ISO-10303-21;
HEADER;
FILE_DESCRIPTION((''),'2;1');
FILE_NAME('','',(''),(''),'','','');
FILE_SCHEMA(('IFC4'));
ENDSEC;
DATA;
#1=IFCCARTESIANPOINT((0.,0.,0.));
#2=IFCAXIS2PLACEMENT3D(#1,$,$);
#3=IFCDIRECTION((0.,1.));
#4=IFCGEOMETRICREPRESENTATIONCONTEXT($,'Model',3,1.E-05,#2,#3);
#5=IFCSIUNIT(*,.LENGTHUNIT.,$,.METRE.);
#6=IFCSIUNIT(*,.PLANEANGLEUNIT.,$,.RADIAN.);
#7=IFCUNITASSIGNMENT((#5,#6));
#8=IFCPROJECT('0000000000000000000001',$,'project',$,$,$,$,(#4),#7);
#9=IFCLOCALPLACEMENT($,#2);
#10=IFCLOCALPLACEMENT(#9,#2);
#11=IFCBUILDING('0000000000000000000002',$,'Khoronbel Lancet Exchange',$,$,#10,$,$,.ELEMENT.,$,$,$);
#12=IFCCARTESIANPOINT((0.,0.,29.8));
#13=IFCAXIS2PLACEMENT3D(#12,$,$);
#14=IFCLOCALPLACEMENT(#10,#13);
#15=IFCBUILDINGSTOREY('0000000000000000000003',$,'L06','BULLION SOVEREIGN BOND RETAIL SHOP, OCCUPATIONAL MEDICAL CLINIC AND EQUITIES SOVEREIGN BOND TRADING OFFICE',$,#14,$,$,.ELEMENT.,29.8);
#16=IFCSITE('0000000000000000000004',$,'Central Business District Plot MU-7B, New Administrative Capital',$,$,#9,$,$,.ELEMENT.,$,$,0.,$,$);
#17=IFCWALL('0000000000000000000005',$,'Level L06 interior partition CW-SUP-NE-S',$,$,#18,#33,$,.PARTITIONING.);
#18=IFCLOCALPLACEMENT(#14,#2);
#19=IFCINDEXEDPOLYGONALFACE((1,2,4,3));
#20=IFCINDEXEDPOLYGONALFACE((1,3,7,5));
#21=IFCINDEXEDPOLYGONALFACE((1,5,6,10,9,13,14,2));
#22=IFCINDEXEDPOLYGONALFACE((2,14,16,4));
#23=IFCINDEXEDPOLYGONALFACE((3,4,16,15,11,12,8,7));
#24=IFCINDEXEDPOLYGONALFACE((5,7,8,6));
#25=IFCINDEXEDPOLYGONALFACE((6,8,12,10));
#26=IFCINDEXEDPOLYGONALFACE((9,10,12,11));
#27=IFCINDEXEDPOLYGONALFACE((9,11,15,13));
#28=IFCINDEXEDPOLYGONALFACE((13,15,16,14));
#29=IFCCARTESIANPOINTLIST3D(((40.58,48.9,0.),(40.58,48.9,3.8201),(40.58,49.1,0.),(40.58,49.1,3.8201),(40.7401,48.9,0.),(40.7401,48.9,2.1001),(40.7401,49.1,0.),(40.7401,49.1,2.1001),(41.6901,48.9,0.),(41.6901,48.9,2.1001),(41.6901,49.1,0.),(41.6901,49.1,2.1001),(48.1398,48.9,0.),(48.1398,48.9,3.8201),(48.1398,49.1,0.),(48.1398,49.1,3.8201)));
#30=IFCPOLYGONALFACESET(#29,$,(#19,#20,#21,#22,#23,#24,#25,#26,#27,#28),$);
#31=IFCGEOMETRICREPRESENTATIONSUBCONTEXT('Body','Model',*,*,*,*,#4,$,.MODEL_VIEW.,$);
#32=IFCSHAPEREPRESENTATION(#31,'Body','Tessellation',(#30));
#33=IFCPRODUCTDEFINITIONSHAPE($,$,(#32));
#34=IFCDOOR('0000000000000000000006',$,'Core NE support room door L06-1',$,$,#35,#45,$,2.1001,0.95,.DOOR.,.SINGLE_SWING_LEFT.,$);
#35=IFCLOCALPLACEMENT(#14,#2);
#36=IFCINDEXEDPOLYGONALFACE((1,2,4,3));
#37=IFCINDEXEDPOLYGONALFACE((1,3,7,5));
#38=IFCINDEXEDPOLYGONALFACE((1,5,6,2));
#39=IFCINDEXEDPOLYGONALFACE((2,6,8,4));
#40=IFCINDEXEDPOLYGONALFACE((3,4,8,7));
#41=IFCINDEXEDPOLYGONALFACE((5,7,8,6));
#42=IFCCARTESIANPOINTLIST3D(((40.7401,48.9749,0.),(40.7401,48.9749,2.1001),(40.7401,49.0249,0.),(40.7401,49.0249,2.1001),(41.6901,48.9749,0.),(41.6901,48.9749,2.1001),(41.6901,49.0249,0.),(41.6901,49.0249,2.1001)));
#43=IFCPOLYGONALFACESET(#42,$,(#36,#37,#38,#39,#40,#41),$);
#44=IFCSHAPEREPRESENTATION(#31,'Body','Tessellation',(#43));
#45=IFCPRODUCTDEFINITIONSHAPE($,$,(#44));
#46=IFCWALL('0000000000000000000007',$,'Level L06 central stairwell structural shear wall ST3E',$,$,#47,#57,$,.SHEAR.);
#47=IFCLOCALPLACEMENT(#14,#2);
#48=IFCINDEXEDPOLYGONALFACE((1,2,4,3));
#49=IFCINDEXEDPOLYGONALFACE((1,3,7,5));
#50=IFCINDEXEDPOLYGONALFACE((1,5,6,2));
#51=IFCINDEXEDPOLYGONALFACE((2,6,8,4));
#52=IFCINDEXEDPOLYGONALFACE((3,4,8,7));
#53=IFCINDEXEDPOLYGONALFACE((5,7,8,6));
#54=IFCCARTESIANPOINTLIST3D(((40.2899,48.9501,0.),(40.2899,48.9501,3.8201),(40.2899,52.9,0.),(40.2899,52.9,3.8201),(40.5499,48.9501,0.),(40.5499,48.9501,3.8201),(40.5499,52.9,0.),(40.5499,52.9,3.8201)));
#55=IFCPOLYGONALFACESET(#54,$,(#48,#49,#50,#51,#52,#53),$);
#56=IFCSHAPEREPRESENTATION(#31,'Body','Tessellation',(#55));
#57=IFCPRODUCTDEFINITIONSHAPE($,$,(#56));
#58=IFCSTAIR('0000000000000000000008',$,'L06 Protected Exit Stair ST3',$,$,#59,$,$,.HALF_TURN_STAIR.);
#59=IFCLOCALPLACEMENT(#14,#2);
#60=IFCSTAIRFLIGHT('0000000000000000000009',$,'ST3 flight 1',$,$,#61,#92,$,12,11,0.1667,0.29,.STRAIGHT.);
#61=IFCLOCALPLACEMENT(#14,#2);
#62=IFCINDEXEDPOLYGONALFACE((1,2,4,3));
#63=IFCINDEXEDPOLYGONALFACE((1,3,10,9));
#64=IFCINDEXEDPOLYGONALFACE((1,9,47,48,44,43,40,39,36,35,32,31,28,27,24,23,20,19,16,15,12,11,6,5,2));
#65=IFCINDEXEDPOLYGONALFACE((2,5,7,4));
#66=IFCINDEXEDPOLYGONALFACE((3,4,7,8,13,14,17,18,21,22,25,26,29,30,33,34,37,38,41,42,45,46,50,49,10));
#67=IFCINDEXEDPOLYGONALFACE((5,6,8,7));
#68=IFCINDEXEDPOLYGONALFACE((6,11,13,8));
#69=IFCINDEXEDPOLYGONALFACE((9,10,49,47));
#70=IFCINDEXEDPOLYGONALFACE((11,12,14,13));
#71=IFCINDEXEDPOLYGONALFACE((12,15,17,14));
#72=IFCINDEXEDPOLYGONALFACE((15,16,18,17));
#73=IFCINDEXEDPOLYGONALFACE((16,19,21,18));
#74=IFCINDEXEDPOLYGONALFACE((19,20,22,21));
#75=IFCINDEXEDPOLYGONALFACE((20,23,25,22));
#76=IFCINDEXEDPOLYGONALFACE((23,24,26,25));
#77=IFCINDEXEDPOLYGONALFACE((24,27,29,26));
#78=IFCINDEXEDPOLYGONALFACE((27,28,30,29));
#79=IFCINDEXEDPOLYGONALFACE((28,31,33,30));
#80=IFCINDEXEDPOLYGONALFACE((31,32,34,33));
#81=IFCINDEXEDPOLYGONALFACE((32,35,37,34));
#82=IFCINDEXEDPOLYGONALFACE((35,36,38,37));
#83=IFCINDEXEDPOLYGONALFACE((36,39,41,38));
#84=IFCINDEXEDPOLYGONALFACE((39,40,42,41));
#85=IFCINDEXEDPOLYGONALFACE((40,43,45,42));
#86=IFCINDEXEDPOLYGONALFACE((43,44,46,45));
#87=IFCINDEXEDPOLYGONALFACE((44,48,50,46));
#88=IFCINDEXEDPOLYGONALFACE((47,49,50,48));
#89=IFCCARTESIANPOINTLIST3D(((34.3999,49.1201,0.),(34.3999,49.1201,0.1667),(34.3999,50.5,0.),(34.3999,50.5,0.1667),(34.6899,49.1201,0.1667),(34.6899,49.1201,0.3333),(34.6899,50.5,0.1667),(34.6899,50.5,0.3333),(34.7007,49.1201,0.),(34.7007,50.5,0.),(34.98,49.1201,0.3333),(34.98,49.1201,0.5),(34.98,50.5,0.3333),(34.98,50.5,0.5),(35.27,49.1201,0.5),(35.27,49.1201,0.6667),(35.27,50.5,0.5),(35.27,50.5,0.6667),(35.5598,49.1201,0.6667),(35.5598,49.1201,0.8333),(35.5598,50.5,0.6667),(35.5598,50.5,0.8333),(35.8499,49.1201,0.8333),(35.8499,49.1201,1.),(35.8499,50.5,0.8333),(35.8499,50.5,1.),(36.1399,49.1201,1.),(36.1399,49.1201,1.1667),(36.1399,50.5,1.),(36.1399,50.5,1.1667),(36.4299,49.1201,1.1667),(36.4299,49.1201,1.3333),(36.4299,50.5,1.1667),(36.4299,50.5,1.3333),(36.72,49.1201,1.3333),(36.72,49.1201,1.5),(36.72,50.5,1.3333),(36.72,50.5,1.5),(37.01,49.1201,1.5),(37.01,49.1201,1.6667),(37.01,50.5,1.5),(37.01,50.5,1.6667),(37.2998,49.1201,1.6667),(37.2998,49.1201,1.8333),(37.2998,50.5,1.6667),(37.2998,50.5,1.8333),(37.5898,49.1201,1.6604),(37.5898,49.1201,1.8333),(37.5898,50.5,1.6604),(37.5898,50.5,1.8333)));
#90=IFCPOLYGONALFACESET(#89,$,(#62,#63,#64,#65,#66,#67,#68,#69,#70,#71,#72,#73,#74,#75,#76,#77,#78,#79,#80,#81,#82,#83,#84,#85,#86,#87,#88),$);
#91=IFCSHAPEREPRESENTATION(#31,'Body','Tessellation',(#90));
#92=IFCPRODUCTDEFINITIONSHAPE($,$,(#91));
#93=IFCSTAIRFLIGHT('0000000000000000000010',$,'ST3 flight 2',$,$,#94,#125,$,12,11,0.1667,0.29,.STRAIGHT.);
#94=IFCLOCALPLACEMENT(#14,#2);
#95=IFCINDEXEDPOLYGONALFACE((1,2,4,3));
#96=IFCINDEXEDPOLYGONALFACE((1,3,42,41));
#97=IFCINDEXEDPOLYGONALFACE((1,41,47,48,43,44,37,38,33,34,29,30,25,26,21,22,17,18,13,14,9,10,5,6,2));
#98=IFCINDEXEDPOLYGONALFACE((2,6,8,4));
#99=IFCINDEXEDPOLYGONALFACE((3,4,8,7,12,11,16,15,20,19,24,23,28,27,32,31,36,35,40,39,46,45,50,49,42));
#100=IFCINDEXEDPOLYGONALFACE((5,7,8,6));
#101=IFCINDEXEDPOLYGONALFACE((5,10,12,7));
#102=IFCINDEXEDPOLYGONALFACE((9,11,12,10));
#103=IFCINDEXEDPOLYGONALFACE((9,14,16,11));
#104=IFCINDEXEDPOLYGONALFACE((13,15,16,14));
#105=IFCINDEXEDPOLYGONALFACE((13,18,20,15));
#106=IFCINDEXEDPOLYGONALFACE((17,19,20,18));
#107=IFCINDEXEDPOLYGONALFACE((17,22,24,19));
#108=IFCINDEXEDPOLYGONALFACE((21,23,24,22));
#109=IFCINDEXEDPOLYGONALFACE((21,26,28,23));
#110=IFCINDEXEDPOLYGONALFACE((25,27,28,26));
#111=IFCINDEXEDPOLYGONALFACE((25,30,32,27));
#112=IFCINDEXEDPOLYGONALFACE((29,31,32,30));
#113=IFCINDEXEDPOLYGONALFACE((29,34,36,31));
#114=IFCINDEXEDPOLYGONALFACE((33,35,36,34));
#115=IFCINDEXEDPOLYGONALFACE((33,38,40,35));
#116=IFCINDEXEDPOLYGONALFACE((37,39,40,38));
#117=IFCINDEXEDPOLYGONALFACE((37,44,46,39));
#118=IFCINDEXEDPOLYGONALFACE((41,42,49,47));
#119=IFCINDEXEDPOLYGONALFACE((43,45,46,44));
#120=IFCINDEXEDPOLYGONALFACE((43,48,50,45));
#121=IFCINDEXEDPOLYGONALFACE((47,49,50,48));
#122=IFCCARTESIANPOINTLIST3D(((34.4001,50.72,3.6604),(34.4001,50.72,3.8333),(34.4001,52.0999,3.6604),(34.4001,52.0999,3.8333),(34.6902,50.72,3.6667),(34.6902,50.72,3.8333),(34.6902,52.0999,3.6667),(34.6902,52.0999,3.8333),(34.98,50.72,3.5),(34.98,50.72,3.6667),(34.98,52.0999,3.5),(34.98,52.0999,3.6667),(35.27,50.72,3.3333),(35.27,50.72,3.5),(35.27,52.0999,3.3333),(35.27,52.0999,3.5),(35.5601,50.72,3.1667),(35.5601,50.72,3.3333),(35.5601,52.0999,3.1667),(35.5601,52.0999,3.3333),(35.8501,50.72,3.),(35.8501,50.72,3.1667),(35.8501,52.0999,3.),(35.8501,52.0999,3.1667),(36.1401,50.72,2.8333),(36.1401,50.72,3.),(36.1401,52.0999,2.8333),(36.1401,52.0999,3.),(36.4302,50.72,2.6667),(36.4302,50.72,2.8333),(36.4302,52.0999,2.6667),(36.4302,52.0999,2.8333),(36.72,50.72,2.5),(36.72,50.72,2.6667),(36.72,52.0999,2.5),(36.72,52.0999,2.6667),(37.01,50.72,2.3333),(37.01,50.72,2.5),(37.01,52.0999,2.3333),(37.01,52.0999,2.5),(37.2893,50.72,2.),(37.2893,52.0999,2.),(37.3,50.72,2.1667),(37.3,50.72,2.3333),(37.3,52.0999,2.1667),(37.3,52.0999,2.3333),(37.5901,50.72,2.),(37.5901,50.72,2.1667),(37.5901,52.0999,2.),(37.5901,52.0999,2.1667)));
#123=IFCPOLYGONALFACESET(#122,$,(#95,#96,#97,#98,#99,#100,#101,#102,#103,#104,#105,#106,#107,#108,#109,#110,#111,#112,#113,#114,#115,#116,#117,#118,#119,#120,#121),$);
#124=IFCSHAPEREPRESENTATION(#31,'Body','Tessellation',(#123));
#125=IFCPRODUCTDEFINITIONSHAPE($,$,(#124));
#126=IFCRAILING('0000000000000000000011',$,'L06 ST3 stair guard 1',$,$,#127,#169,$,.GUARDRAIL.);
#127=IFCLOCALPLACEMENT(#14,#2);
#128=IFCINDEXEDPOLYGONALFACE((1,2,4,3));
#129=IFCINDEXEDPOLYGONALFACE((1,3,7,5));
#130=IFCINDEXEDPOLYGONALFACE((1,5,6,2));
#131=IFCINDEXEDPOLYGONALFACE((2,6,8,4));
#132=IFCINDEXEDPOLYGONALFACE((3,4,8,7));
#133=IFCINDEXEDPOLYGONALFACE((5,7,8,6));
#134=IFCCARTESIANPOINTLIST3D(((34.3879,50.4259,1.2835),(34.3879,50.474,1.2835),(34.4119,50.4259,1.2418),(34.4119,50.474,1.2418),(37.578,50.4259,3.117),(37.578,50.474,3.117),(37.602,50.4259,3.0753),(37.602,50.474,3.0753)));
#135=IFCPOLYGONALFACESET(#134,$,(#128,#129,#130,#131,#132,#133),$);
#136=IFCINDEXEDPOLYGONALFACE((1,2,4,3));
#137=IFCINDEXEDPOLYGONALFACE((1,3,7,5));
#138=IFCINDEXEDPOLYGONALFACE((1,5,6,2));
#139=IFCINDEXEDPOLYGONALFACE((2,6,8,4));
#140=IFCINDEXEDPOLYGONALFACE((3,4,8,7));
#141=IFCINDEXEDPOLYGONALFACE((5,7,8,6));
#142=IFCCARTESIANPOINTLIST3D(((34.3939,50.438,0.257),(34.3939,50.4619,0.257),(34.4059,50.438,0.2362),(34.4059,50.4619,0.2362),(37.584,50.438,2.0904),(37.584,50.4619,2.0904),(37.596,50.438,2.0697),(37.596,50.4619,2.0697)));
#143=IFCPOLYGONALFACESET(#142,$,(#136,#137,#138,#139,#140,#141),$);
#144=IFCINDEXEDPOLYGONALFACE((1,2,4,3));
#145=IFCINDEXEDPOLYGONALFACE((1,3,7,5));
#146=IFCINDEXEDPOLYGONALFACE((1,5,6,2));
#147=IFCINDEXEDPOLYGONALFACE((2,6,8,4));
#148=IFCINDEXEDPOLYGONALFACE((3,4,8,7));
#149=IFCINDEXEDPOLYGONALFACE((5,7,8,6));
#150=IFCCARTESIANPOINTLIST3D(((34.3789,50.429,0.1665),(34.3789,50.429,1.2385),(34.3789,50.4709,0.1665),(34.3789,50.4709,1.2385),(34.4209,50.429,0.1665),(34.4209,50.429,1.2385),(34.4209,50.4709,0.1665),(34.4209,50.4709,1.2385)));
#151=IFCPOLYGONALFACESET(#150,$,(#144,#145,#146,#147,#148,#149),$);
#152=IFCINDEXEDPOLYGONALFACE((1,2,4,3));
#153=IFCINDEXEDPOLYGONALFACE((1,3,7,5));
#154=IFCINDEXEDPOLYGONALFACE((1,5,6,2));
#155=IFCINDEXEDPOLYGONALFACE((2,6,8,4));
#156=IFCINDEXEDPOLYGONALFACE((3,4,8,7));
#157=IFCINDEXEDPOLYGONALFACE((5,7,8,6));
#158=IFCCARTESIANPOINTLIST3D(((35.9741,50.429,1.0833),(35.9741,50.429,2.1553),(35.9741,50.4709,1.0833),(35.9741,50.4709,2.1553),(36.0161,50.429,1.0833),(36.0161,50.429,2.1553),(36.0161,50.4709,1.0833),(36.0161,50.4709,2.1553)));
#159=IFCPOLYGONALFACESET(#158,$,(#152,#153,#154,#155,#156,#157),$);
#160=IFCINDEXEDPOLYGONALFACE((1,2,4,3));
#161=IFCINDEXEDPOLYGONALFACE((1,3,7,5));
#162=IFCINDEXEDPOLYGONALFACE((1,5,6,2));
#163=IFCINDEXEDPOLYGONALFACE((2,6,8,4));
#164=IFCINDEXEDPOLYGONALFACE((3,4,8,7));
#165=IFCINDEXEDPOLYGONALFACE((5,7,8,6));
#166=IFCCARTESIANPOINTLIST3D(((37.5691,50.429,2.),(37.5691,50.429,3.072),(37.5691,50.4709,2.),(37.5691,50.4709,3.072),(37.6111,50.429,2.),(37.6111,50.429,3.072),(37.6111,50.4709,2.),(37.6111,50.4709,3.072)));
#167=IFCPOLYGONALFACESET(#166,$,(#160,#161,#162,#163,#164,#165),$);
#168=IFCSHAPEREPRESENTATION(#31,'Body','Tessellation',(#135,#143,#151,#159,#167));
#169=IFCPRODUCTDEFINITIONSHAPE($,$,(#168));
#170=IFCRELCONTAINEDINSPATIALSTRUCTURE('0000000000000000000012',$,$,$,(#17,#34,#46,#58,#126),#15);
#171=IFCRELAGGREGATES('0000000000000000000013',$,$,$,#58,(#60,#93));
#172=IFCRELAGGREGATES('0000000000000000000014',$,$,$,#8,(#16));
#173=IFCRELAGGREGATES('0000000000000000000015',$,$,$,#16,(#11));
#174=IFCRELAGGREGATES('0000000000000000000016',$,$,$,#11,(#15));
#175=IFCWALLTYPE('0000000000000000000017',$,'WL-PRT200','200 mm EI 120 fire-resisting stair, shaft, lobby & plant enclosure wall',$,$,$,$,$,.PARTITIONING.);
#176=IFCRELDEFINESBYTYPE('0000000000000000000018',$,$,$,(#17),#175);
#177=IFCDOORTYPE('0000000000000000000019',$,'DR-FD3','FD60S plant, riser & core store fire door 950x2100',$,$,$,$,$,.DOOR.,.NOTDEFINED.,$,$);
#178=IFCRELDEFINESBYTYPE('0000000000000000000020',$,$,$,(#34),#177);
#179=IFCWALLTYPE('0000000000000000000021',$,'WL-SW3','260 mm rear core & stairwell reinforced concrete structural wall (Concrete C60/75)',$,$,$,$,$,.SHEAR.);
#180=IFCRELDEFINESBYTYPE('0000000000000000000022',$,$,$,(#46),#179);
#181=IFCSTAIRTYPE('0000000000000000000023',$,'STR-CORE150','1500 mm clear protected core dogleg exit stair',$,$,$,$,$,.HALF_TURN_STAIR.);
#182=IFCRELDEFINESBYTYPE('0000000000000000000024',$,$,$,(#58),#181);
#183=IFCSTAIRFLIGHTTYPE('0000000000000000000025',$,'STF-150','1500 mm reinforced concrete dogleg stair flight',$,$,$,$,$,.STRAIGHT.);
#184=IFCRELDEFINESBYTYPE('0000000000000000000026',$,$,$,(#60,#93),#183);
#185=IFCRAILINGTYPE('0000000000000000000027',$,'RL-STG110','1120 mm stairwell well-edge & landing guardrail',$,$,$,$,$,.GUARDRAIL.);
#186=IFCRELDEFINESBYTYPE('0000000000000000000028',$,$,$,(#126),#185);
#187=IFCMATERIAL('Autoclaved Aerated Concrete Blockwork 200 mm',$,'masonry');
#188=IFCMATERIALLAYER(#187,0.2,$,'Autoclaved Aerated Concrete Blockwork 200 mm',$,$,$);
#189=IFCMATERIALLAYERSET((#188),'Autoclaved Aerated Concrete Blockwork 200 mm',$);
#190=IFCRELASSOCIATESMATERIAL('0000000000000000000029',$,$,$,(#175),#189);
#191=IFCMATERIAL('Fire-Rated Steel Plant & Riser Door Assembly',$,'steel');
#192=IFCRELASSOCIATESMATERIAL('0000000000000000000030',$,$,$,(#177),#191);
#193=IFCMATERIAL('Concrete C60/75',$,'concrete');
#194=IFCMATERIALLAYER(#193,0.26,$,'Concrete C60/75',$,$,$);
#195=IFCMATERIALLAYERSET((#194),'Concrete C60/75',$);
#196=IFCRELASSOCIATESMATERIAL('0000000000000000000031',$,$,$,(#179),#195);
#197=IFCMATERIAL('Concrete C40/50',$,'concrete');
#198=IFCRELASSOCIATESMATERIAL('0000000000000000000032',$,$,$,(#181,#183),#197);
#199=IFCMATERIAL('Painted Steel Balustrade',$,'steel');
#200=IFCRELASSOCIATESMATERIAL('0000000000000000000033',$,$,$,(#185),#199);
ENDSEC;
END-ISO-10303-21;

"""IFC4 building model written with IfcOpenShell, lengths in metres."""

from ifc_helpers import new_model, si_unit, direction, frame, frame_2d, origin, origin_2d, place, context, subcontext, project, spatial, polyline, rectangle, outline, extrude, material, layer, layer_set, type_object, element, fill, aggregate, save


model = new_model("IFC4")

# Units and contexts
model_context = context("Model", 3, precision=1e-05, world=origin(), true_north=direction((0.0, 1.0)))
body_context = subcontext(model_context, "Body", "Model", "MODEL_VIEW")
ifc_project = project(units=[si_unit("LENGTHUNIT", "METRE"), si_unit("PLANEANGLEUNIT", "RADIAN")], contexts=[model_context])

# Site, building, storey
site_placement = place(None, origin())
site = spatial("IfcSite", under=ifc_project, at=site_placement, Name="Central Business District Plot MU-7B, New Administrative Capital", CompositionType="ELEMENT", RefElevation=0.0)
building_placement = place(site_placement, origin())
building = spatial("IfcBuilding", under=site, at=building_placement, Name="Khoronbel Lancet Exchange", CompositionType="ELEMENT")
storey_placement = place(building_placement, frame((0.0, 0.0, 29.8)))
storey = spatial("IfcBuildingStorey", under=building, at=storey_placement, Name="L06", Description="BULLION SOVEREIGN BOND RETAIL SHOP, OCCUPATIONAL MEDICAL CLINIC AND EQUITIES SOVEREIGN BOND TRADING OFFICE", CompositionType="ELEMENT", Elevation=29.8)

# Shared definitions
ifc_material_1 = material(Name="Autoclaved Aerated Concrete Blockwork 200 mm", Category="masonry")
ifc_layer_1 = layer(ifc_material_1, 0.2, Name="Autoclaved Aerated Concrete Blockwork 200 mm")
ifc_layer_set_1 = layer_set([ifc_layer_1], Name="Autoclaved Aerated Concrete Blockwork 200 mm")
wall_type_1 = type_object("IfcWallType", Name="WL-PRT200", Description="200 mm EI 120 fire-resisting stair, shaft, lobby & plant enclosure wall", PredefinedType="PARTITIONING", material=ifc_layer_set_1)

# Wall, opening, door
wall_1_placement = place(storey_placement, frame((40.5801, 49.0, 0.0), z_axis=(0.0, 0.0, 1.0), x_axis=(1.0, 0.0, 0.0)))
wall_1 = element("IfcWall", 1, at=wall_1_placement, inside=storey, type_object=wall_type_1, Name="Level L06 interior partition CW-SUP-NE-S", PredefinedType="PARTITIONING", context=body_context, shape_type="SweptSolid", body=[
    extrude(rectangle(XDim=7.5598, YDim=0.2, at=frame_2d((3.7798, 0.0))), origin(), (0.0, 0.0, 1.0), 3.8201),
])
opening_placement = place(wall_1_placement, frame((0.1599, 0.0, 0.0)))
opening = element("IfcOpeningElement", 2, at=opening_placement, cuts=wall_1, PredefinedType="OPENING", context=body_context, shape_type="SweptSolid", body=[
    extrude(rectangle(XDim=0.95, YDim=2.1001, at=frame_2d((0.4751, 1.05))), frame((0.0, 0.1099, 0.0), z_axis=(0.0, -1.0, 0.0), x_axis=(1.0, 0.0, 0.0)), (0.0, 0.0, 1.0), 0.22),
])
ifc_material_2 = material(Name="Fire-Rated Steel Plant & Riser Door Assembly", Category="steel")
door_type = type_object("IfcDoorType", Name="DR-FD3", Description="FD60S plant, riser & core store fire door 950x2100", OperationType="NOTDEFINED", PredefinedType="DOOR", material=ifc_material_2)
door_placement = place(opening_placement, origin())
door = element("IfcDoor", 3, at=door_placement, inside=storey, type_object=door_type, Name="Core NE support room door L06-1", OperationType="SINGLE_SWING_LEFT", OverallHeight=2.1001, OverallWidth=0.95, PredefinedType="DOOR", context=body_context, shape_type="SweptSolid", body=[
    extrude(rectangle(XDim=0.95, YDim=2.1001, at=frame_2d((0.4751, 1.05))), frame((0.0, 0.0249, 0.0), z_axis=(0.0, -1.0, 0.0), x_axis=(1.0, 0.0, 0.0)), (0.0, 0.0, 1.0), 0.05),
])
fill(opening, door)

# Wall
ifc_material_3 = material(Name="Concrete C60/75", Category="concrete")
ifc_layer_2 = layer(ifc_material_3, 0.26, Name="Concrete C60/75")
ifc_layer_set_2 = layer_set([ifc_layer_2], Name="Concrete C60/75")
wall_type_2 = type_object("IfcWallType", Name="WL-SW3", Description="260 mm rear core & stairwell reinforced concrete structural wall (Concrete C60/75)", PredefinedType="SHEAR", material=ifc_layer_set_2)
wall_2_placement = place(storey_placement, frame((40.4199, 48.95, 0.0), z_axis=(0.0, 0.0, 1.0), x_axis=(0.0, 1.0, 0.0)))
element("IfcWall", 4, at=wall_2_placement, inside=storey, type_object=wall_type_2, Name="Level L06 central stairwell structural shear wall ST3E", PredefinedType="SHEAR", context=body_context, shape_type="SweptSolid", body=[
    extrude(rectangle(XDim=3.95, YDim=0.26, at=frame_2d((1.9751, 0.0))), origin(), (0.0, 0.0, 1.0), 3.8201),
])

# Stair, stair flights
ifc_material_4 = material(Name="Concrete C40/50", Category="concrete")
stair_type = type_object("IfcStairType", Name="STR-CORE150", Description="1500 mm clear protected core dogleg exit stair", PredefinedType="HALF_TURN_STAIR", material=ifc_material_4)
stair_placement = place(storey_placement, origin())
stair = element("IfcStair", 5, at=stair_placement, inside=storey, type_object=stair_type, Name="L06 Protected Exit Stair ST3", PredefinedType="HALF_TURN_STAIR")
stair_flight_type = type_object("IfcStairFlightType", Name="STF-150", Description="1500 mm reinforced concrete dogleg stair flight", PredefinedType="STRAIGHT", material=ifc_material_4)
stair_flight_1_placement = place(storey_placement, frame((34.3999, 49.8101, 0.0), z_axis=(0.0, 0.0, 1.0), x_axis=(1.0, 0.0, 0.0)))
stair_flight_1 = element("IfcStairFlight", 6, at=stair_flight_1_placement, type_object=stair_flight_type, Name="ST3 flight 1", NumberOfRisers=12, NumberOfTreads=11, PredefinedType="STRAIGHT", RiserHeight=0.1667, TreadLength=0.29, context=body_context, shape_type="SweptSolid", body=[
    extrude(outline(polyline([(0.0, 0.0), (0.0, 0.1667), (0.29, 0.1667), (0.29, 0.3333), (0.5801, 0.3333), (0.5801, 0.5), (0.8701, 0.5), (0.8701, 0.6667), (1.1599, 0.6667), (1.1599, 0.8333), (1.45, 0.8333), (1.45, 1.0), (1.74, 1.0), (1.74, 1.1667), (2.03, 1.1667), (2.03, 1.3333), (2.3201, 1.3333), (2.3201, 1.5), (2.6101, 1.5), (2.6101, 1.6667), (2.8999, 1.6667), (2.8999, 1.8333), (3.1899, 1.8333), (3.1899, 2.0), (3.1899, 1.6604), (0.3008, 0.0), (0.0, 0.0)])), frame((0.0, 0.6899, 0.0), z_axis=(0.0, -1.0, 0.0), x_axis=(1.0, 0.0, 0.0)), (0.0, 0.0, 1.0), 1.3799),
])
stair_flight_2_placement = place(storey_placement, frame((37.5901, 51.4099, 2.0), z_axis=(0.0, 0.0, 1.0), x_axis=(-1.0, 0.0, 0.0)))
stair_flight_2 = element("IfcStairFlight", 7, at=stair_flight_2_placement, type_object=stair_flight_type, Name="ST3 flight 2", NumberOfRisers=12, NumberOfTreads=11, PredefinedType="STRAIGHT", RiserHeight=0.1667, TreadLength=0.29, context=body_context, shape_type="SweptSolid", body=[
    extrude(outline(polyline([(0.0, 0.0), (0.0, 0.1667), (0.29, 0.1667), (0.29, 0.3333), (0.5801, 0.3333), (0.5801, 0.5), (0.8701, 0.5), (0.8701, 0.6667), (1.1599, 0.6667), (1.1599, 0.8333), (1.45, 0.8333), (1.45, 1.0), (1.74, 1.0), (1.74, 1.1667), (2.03, 1.1667), (2.03, 1.3333), (2.3201, 1.3333), (2.3201, 1.5), (2.6101, 1.5), (2.6101, 1.6667), (2.8999, 1.6667), (2.8999, 1.8333), (3.1899, 1.8333), (3.1899, 2.0), (3.1899, 1.6604), (0.3008, 0.0), (0.0, 0.0)])), frame((0.0, 0.6899, 0.0), z_axis=(0.0, -1.0, 0.0), x_axis=(1.0, 0.0, 0.0)), (0.0, 0.0, 1.0), 1.3799),
])
aggregate(stair, [stair_flight_1, stair_flight_2])

# Railing
ifc_material_5 = material(Name="Painted Steel Balustrade", Category="steel")
railing_type_1 = type_object("IfcRailingType", Name="RL-STG110", Description="1120 mm stairwell well-edge & landing guardrail", PredefinedType="GUARDRAIL", material=ifc_material_5)
railing_1_placement = place(storey_placement, frame((34.3999, 50.45, 0.1665)))
element("IfcRailing", 8, at=railing_1_placement, inside=storey, type_object=railing_type_1, Name="L06 ST3 stair guard 1", PredefinedType="GUARDRAIL", context=body_context, shape_type="SweptSolid", body=[
    extrude(rectangle(XDim=0.0481, YDim=0.0481, at=origin_2d()), frame((0.0, 0.0, 1.0962), z_axis=(0.867007, 0.0, 0.498295), x_axis=(0.0, 1.0, 0.0)), (0.0, 0.0, 1.0), 3.6794),
    extrude(rectangle(XDim=0.0239, YDim=0.0239, at=origin_2d()), frame((0.0, 0.0, 0.0801), z_axis=(0.867007, 0.0, 0.498295), x_axis=(0.0, 1.0, 0.0)), (0.0, 0.0, 1.0), 3.6794),
    extrude(rectangle(XDim=0.042, YDim=0.042, at=origin_2d()), origin(), (0.0, 0.0, 1.0), 1.072),
    extrude(rectangle(XDim=0.042, YDim=0.042, at=origin_2d()), frame((1.5952, 0.0, 0.9167)), (0.0, 0.0, 1.0), 1.072),
    extrude(rectangle(XDim=0.042, YDim=0.042, at=origin_2d()), frame((3.1902, 0.0, 1.8335)), (0.0, 0.0, 1.0), 1.072),
])

save(model, "model.ifc")
